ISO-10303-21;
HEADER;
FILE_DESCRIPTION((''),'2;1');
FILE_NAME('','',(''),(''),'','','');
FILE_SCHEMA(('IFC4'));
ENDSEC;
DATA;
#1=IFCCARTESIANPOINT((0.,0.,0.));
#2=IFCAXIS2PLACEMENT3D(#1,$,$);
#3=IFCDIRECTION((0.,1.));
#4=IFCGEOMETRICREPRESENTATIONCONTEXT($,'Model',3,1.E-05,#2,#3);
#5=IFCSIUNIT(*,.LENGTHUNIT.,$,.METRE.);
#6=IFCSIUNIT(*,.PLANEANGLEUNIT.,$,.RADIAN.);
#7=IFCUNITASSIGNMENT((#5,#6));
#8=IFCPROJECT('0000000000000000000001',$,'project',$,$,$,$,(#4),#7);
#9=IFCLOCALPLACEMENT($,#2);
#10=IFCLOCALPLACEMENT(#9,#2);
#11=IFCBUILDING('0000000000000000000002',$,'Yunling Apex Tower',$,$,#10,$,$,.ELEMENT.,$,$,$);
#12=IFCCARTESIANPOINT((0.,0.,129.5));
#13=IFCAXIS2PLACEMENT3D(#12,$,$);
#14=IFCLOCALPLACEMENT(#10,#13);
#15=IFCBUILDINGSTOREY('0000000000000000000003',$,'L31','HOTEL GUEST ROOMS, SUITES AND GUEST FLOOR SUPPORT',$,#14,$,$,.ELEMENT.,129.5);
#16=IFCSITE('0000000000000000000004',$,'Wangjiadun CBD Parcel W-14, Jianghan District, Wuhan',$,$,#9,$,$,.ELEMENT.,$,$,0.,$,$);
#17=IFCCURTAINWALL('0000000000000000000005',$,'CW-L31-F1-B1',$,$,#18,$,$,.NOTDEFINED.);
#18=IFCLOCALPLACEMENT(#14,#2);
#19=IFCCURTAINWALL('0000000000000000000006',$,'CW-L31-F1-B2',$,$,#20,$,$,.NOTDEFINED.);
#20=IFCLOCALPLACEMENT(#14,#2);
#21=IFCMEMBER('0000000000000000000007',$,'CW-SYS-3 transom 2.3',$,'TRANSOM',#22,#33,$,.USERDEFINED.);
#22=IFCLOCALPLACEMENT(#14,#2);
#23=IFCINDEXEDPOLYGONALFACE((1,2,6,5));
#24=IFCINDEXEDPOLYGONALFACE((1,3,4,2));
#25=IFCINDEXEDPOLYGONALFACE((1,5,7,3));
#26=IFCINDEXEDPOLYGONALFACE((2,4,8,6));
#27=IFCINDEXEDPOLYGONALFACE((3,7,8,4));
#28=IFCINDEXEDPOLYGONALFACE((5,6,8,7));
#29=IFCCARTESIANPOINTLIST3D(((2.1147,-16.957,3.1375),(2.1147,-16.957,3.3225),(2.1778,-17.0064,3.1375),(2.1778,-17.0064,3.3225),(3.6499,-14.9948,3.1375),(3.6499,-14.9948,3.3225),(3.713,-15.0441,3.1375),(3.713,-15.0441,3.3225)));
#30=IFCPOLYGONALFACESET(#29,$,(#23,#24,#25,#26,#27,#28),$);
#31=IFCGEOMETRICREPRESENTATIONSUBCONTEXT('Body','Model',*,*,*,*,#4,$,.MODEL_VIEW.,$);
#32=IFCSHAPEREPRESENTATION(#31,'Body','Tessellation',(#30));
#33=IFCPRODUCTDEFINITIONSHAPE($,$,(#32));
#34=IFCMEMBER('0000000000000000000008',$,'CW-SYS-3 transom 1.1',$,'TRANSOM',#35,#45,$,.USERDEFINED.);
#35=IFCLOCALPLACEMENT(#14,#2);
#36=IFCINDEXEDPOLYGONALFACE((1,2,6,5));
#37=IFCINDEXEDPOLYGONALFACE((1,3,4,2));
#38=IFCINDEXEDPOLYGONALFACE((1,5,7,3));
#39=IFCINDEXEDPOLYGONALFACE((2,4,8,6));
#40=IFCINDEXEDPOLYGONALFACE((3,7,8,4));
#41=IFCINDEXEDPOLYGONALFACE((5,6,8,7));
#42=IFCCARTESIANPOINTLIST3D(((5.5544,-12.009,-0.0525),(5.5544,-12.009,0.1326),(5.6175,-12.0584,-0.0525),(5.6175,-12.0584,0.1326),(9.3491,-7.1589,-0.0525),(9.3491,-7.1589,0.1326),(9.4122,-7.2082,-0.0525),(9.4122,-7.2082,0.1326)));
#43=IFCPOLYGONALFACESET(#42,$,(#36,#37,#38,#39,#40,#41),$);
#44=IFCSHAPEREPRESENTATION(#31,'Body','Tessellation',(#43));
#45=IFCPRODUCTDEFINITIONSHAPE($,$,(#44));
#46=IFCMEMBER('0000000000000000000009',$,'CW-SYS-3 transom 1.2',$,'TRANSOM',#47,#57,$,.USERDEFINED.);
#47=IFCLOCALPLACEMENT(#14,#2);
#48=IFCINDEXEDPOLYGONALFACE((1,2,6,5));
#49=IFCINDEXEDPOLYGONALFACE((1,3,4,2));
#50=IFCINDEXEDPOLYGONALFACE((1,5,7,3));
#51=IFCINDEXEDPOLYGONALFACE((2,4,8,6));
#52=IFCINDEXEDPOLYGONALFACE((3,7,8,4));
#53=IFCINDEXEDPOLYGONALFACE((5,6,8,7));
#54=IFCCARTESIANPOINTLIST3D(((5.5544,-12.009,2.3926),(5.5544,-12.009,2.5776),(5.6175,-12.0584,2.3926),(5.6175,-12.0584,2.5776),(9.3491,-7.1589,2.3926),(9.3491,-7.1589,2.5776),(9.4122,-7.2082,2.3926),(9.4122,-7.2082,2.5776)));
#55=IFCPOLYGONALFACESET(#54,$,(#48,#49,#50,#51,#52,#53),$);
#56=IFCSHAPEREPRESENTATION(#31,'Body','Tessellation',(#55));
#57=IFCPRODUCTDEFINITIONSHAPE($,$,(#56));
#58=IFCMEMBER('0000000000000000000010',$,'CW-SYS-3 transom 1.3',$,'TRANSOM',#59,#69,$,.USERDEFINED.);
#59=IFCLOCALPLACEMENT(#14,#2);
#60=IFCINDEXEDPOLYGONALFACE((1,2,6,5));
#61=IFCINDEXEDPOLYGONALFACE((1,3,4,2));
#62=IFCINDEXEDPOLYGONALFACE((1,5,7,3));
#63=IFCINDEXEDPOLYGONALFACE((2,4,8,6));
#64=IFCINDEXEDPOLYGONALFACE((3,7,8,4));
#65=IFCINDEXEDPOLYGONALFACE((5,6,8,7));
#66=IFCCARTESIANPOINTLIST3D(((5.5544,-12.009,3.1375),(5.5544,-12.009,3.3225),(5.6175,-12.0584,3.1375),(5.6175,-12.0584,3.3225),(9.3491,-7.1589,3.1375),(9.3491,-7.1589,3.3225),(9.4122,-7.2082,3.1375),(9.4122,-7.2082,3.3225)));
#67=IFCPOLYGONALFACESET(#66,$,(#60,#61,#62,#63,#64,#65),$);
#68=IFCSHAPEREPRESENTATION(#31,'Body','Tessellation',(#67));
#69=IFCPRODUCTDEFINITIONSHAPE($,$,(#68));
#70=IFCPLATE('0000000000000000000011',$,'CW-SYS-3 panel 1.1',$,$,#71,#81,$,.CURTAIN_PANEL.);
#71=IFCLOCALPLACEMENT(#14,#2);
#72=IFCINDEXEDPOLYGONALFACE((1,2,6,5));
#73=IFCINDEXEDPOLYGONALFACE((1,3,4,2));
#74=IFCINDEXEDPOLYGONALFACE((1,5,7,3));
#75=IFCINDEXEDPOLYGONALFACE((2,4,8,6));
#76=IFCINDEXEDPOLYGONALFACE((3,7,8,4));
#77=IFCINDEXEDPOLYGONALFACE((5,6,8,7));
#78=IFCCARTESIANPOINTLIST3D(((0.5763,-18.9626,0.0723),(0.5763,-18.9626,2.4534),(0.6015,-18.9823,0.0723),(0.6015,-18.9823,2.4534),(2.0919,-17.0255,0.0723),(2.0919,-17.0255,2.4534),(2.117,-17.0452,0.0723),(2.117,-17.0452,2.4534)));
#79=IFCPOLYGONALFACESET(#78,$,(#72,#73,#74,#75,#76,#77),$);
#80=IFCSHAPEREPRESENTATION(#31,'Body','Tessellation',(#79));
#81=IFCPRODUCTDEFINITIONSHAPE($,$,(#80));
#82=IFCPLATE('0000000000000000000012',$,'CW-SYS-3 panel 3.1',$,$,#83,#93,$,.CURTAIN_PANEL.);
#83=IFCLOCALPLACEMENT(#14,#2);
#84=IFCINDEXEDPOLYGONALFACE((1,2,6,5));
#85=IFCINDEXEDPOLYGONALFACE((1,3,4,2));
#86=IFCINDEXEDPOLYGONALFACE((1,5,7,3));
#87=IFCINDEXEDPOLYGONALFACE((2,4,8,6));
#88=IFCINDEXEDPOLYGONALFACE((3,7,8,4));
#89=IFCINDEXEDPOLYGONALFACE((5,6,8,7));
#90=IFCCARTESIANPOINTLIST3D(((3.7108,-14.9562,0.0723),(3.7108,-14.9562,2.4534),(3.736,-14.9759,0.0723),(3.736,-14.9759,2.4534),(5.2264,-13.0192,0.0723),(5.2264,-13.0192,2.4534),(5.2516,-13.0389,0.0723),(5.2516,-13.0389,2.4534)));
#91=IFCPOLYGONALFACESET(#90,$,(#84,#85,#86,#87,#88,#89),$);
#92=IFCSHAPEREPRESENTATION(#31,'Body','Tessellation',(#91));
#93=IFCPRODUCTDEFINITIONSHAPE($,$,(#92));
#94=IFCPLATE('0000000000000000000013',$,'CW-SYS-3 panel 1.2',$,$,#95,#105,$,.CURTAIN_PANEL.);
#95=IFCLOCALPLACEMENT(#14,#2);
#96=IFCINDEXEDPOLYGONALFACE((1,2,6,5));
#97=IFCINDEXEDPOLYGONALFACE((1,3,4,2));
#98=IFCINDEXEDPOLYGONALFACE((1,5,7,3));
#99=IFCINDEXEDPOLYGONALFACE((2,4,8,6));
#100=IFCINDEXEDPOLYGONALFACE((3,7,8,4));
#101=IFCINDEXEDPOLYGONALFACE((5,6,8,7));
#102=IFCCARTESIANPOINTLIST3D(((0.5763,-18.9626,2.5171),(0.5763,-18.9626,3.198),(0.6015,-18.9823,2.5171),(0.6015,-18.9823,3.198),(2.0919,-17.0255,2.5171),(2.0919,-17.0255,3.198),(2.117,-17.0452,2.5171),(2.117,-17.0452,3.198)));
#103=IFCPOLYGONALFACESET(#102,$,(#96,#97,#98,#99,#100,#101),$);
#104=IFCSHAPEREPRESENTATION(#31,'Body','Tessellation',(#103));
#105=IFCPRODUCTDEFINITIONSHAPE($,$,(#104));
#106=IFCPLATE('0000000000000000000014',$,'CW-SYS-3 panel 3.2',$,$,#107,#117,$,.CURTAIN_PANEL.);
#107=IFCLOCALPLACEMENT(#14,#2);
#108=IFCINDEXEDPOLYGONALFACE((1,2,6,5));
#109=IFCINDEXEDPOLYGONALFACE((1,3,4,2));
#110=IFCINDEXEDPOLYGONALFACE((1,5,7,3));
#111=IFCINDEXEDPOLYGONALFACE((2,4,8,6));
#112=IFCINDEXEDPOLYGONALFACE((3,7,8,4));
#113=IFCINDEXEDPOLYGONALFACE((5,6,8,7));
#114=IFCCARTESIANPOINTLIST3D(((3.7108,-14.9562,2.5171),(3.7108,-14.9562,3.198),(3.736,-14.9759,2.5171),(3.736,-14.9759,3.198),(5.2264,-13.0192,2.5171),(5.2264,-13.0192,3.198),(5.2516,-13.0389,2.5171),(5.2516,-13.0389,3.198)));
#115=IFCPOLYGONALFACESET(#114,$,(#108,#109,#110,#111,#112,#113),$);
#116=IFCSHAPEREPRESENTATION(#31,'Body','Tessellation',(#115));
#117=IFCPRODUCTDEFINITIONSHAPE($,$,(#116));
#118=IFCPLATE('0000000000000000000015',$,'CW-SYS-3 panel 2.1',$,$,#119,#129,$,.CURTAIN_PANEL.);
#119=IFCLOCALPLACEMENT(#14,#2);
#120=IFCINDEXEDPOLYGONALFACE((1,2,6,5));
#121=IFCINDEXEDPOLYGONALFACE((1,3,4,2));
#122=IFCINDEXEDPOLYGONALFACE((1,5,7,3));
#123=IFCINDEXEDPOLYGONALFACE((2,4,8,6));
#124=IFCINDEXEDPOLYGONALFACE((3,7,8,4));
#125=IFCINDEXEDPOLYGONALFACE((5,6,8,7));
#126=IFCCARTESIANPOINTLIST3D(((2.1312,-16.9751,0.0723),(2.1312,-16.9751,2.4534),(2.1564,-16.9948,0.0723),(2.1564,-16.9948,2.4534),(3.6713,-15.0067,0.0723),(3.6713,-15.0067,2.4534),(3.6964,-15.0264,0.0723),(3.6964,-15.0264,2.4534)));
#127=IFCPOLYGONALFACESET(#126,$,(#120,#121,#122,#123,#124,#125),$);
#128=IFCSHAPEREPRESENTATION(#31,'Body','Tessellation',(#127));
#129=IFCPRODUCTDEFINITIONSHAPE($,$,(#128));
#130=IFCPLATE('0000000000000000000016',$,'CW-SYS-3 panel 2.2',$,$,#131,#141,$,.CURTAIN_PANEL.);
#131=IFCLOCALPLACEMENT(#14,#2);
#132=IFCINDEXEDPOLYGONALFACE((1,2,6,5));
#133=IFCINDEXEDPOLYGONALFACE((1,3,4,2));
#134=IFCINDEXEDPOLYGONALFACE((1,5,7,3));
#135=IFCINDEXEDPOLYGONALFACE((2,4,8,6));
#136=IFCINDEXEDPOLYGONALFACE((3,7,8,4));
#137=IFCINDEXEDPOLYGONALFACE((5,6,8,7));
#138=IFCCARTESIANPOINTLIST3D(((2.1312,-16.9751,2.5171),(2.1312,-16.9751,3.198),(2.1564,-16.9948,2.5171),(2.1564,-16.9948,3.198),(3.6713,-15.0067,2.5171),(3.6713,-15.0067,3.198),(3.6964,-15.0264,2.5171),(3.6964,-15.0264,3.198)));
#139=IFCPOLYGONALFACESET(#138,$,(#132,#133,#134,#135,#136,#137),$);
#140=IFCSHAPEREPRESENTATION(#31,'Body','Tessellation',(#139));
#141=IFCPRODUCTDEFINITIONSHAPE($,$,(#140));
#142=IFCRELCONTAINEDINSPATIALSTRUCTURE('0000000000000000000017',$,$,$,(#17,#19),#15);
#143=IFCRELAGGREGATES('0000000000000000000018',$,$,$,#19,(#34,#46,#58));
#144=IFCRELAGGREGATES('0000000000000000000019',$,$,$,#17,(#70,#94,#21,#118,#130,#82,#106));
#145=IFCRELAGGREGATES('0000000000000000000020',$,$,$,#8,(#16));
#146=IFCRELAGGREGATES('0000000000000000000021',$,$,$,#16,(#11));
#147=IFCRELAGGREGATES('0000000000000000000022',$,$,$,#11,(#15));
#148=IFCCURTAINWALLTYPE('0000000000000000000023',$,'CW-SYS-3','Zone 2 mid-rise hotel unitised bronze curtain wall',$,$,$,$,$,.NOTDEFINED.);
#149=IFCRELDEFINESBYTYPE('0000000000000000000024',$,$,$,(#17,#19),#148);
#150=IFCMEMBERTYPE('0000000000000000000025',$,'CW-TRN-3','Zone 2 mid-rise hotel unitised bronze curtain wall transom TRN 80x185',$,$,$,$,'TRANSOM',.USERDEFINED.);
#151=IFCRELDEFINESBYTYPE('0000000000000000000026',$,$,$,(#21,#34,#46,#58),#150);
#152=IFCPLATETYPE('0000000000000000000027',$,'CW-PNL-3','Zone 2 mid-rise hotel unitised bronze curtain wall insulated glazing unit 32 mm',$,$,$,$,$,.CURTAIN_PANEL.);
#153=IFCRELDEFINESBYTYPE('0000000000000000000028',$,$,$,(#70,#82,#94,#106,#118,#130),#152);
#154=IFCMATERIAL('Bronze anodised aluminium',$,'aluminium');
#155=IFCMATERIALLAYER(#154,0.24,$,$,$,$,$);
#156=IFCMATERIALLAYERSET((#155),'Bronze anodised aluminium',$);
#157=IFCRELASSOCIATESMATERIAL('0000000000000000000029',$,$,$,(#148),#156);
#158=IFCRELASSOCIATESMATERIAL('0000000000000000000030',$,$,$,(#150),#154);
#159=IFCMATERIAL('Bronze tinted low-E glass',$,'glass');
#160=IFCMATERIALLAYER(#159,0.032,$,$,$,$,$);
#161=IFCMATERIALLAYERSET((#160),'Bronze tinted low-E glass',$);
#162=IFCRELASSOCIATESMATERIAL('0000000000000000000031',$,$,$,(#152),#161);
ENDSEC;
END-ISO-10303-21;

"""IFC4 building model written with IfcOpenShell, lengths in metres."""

from ifc_helpers import new_model, si_unit, direction, frame, origin, origin_2d, place, context, subcontext, project, spatial, rectangle, extrude, source, transform, mapped, material, layer, layer_set, material_profile, profile_set, type_object, element, aggregate, save


model = new_model("IFC4")

# Units and contexts
model_context = context("Model", 3, precision=1e-05, world=origin(), true_north=direction((0.0, 1.0)))
body_context = subcontext(model_context, "Body", "Model", "MODEL_VIEW")
ifc_project = project(units=[si_unit("LENGTHUNIT", "METRE"), si_unit("PLANEANGLEUNIT", "RADIAN")], contexts=[model_context])

# Site, building, storey
site_placement = place(None, origin())
site = spatial("IfcSite", under=ifc_project, at=site_placement, Name="Wangjiadun CBD Parcel W-14, Jianghan District, Wuhan", CompositionType="ELEMENT", RefElevation=0.0)
building_placement = place(site_placement, origin())
building = spatial("IfcBuilding", under=site, at=building_placement, Name="Yunling Apex Tower", CompositionType="ELEMENT")
storey_placement = place(building_placement, frame((0.0, 0.0, 129.5)))
storey = spatial("IfcBuildingStorey", under=building, at=storey_placement, Name="L31", Description="HOTEL GUEST ROOMS, SUITES AND GUEST FLOOR SUPPORT", CompositionType="ELEMENT", Elevation=129.5)

# Curtain wall
ifc_material_1 = material(Name="Bronze anodised aluminium", Category="aluminium")
ifc_layer_1 = layer(ifc_material_1, 0.24)
ifc_layer_set_1 = layer_set([ifc_layer_1], Name="Bronze anodised aluminium")
curtain_wall_type = type_object("IfcCurtainWallType", Name="CW-SYS-3", Description="Zone 2 mid-rise hotel unitised bronze curtain wall", PredefinedType="NOTDEFINED", material=ifc_layer_set_1)
curtain_wall_1_placement = place(storey_placement, origin())
curtain_wall_1 = element("IfcCurtainWall", 1, at=curtain_wall_1_placement, inside=storey, type_object=curtain_wall_type, Name="CW-L31-F1-B1", PredefinedType="NOTDEFINED")

# Curtain wall
curtain_wall_2_placement = place(storey_placement, origin())
curtain_wall_2 = element("IfcCurtainWall", 2, at=curtain_wall_2_placement, inside=storey, type_object=curtain_wall_type, Name="CW-L31-F1-B2", PredefinedType="NOTDEFINED")

# Members
ifc_material_profile_1 = material_profile(ifc_material_1, rectangle(XDim=0.0801, YDim=0.1851, at=origin_2d()))
ifc_profile_set_1 = profile_set([ifc_material_profile_1], Name="Bronze anodised aluminium")
member_type_1 = type_object("IfcMemberType", Name="CW-TRN-3", Description="Zone 2 mid-rise hotel unitised bronze curtain wall transom TRN 80x185", ElementType="TRANSOM", PredefinedType="USERDEFINED", material=ifc_profile_set_1)
shared_shape_1 = source(origin(), body_context, "Body", "SweptSolid", [
    extrude(rectangle(XDim=0.0801, YDim=0.1851, at=origin_2d()), origin(), (0.0, 0.0, 1.0), 2.4915),
])
member_1_placement = place(storey_placement, frame((2.1462, -16.9817, 3.23), z_axis=(0.616197, 0.787592, 0.0), x_axis=(-0.787592, 0.616197, 0.0)))
member_1 = element("IfcMember", 3, at=member_1_placement, type_object=member_type_1, Name="CW-SYS-3 transom 2.3", ObjectType="TRANSOM", PredefinedType="USERDEFINED", context=body_context, shape_type="MappedRepresentation", body=[
    mapped(shared_shape_1, transform((0.0, 0.0, 0.0), scale=1.0)),
])
shared_shape_2 = source(origin(), body_context, "Body", "SweptSolid", [
    extrude(rectangle(XDim=0.0801, YDim=0.1851, at=origin_2d()), origin(), (0.0, 0.0, 1.0), 6.1582),
])
member_2_placement = place(storey_placement, frame((5.5859, -12.0337, 0.04), z_axis=(0.616202, 0.787588, 0.0), x_axis=(-0.787588, 0.616202, 0.0)))
member_2 = element("IfcMember", 4, at=member_2_placement, type_object=member_type_1, Name="CW-SYS-3 transom 1.1", ObjectType="TRANSOM", PredefinedType="USERDEFINED", context=body_context, shape_type="MappedRepresentation", body=[
    mapped(shared_shape_2, transform((0.0, 0.0, 0.0), scale=1.0)),
])
member_3_placement = place(storey_placement, frame((5.5859, -12.0337, 2.4851), z_axis=(0.616202, 0.787588, 0.0), x_axis=(-0.787588, 0.616202, 0.0)))
member_3 = element("IfcMember", 5, at=member_3_placement, type_object=member_type_1, Name="CW-SYS-3 transom 1.2", ObjectType="TRANSOM", PredefinedType="USERDEFINED", context=body_context, shape_type="MappedRepresentation", body=[
    mapped(shared_shape_2, transform((0.0, 0.0, 0.0), scale=1.0)),
])
member_4_placement = place(storey_placement, frame((5.5859, -12.0337, 3.23), z_axis=(0.616202, 0.787588, 0.0), x_axis=(-0.787588, 0.616202, 0.0)))
member_4 = element("IfcMember", 6, at=member_4_placement, type_object=member_type_1, Name="CW-SYS-3 transom 1.3", ObjectType="TRANSOM", PredefinedType="USERDEFINED", context=body_context, shape_type="MappedRepresentation", body=[
    mapped(shared_shape_2, transform((0.0, 0.0, 0.0), scale=1.0)),
])
aggregate(curtain_wall_2, [member_2, member_3, member_4])

# Plates
ifc_material_2 = material(Name="Bronze tinted low-E glass", Category="glass")
ifc_layer_2 = layer(ifc_material_2, 0.032)
ifc_layer_set_2 = layer_set([ifc_layer_2], Name="Bronze tinted low-E glass")
plate_type = type_object("IfcPlateType", Name="CW-PNL-3", Description="Zone 2 mid-rise hotel unitised bronze curtain wall insulated glazing unit 32 mm", PredefinedType="CURTAIN_PANEL", material=ifc_layer_set_2)
shared_shape_3 = source(origin(), body_context, "Body", "SweptSolid", [
    extrude(rectangle(XDim=2.4595, YDim=0.032, at=origin_2d()), origin(), (0.0, 0.0, 1.0), 2.3811),
])
plate_1_placement = place(storey_placement, frame((1.3467, -18.0039, 0.0723), z_axis=(0.0, 0.0, 1.0), x_axis=(0.616208, 0.787584, 0.0)))
plate_1 = element("IfcPlate", 7, at=plate_1_placement, type_object=plate_type, Name="CW-SYS-3 panel 1.1", PredefinedType="CURTAIN_PANEL", context=body_context, shape_type="MappedRepresentation", body=[
    mapped(shared_shape_3, transform((0.0, 0.0, 0.0), scale=1.0)),
])
plate_2_placement = place(storey_placement, frame((4.4812, -13.9976, 0.0723), z_axis=(0.0, 0.0, 1.0), x_axis=(0.616208, 0.787584, 0.0)))
plate_2 = element("IfcPlate", 8, at=plate_2_placement, type_object=plate_type, Name="CW-SYS-3 panel 3.1", PredefinedType="CURTAIN_PANEL", context=body_context, shape_type="MappedRepresentation", body=[
    mapped(shared_shape_3, transform((0.0, 0.0, 0.0), scale=1.0)),
])
shared_shape_4 = source(origin(), body_context, "Body", "SweptSolid", [
    extrude(rectangle(XDim=2.4595, YDim=0.032, at=origin_2d()), origin(), (0.0, 0.0, 1.0), 0.6809),
])
plate_3_placement = place(storey_placement, frame((1.3467, -18.0039, 2.5171), z_axis=(0.0, 0.0, 1.0), x_axis=(0.616208, 0.787584, 0.0)))
plate_3 = element("IfcPlate", 9, at=plate_3_placement, type_object=plate_type, Name="CW-SYS-3 panel 1.2", PredefinedType="CURTAIN_PANEL", context=body_context, shape_type="MappedRepresentation", body=[
    mapped(shared_shape_4, transform((0.0, 0.0, 0.0), scale=1.0)),
])
plate_4_placement = place(storey_placement, frame((4.4812, -13.9976, 2.5171), z_axis=(0.0, 0.0, 1.0), x_axis=(0.616208, 0.787584, 0.0)))
plate_4 = element("IfcPlate", 10, at=plate_4_placement, type_object=plate_type, Name="CW-SYS-3 panel 3.2", PredefinedType="CURTAIN_PANEL", context=body_context, shape_type="MappedRepresentation", body=[
    mapped(shared_shape_4, transform((0.0, 0.0, 0.0), scale=1.0)),
])
shared_shape_5 = source(origin(), body_context, "Body", "SweptSolid", [
    extrude(rectangle(XDim=2.4993, YDim=0.032, at=origin_2d()), origin(), (0.0, 0.0, 1.0), 2.3811),
])
plate_5_placement = place(storey_placement, frame((2.9138, -16.0007, 0.0723), z_axis=(0.0, 0.0, 1.0), x_axis=(0.616208, 0.787584, 0.0)))
plate_5 = element("IfcPlate", 11, at=plate_5_placement, type_object=plate_type, Name="CW-SYS-3 panel 2.1", PredefinedType="CURTAIN_PANEL", context=body_context, shape_type="MappedRepresentation", body=[
    mapped(shared_shape_5, transform((0.0, 0.0, 0.0), scale=1.0)),
])
shared_shape_6 = source(origin(), body_context, "Body", "SweptSolid", [
    extrude(rectangle(XDim=2.4993, YDim=0.032, at=origin_2d()), origin(), (0.0, 0.0, 1.0), 0.6809),
])
plate_6_placement = place(storey_placement, frame((2.9138, -16.0007, 2.5171), z_axis=(0.0, 0.0, 1.0), x_axis=(0.616208, 0.787584, 0.0)))
plate_6 = element("IfcPlate", 12, at=plate_6_placement, type_object=plate_type, Name="CW-SYS-3 panel 2.2", PredefinedType="CURTAIN_PANEL", context=body_context, shape_type="MappedRepresentation", body=[
    mapped(shared_shape_6, transform((0.0, 0.0, 0.0), scale=1.0)),
])
aggregate(curtain_wall_1, [plate_1, plate_3, member_1, plate_5, plate_6, plate_2, plate_4])

save(model, "model.ifc")
